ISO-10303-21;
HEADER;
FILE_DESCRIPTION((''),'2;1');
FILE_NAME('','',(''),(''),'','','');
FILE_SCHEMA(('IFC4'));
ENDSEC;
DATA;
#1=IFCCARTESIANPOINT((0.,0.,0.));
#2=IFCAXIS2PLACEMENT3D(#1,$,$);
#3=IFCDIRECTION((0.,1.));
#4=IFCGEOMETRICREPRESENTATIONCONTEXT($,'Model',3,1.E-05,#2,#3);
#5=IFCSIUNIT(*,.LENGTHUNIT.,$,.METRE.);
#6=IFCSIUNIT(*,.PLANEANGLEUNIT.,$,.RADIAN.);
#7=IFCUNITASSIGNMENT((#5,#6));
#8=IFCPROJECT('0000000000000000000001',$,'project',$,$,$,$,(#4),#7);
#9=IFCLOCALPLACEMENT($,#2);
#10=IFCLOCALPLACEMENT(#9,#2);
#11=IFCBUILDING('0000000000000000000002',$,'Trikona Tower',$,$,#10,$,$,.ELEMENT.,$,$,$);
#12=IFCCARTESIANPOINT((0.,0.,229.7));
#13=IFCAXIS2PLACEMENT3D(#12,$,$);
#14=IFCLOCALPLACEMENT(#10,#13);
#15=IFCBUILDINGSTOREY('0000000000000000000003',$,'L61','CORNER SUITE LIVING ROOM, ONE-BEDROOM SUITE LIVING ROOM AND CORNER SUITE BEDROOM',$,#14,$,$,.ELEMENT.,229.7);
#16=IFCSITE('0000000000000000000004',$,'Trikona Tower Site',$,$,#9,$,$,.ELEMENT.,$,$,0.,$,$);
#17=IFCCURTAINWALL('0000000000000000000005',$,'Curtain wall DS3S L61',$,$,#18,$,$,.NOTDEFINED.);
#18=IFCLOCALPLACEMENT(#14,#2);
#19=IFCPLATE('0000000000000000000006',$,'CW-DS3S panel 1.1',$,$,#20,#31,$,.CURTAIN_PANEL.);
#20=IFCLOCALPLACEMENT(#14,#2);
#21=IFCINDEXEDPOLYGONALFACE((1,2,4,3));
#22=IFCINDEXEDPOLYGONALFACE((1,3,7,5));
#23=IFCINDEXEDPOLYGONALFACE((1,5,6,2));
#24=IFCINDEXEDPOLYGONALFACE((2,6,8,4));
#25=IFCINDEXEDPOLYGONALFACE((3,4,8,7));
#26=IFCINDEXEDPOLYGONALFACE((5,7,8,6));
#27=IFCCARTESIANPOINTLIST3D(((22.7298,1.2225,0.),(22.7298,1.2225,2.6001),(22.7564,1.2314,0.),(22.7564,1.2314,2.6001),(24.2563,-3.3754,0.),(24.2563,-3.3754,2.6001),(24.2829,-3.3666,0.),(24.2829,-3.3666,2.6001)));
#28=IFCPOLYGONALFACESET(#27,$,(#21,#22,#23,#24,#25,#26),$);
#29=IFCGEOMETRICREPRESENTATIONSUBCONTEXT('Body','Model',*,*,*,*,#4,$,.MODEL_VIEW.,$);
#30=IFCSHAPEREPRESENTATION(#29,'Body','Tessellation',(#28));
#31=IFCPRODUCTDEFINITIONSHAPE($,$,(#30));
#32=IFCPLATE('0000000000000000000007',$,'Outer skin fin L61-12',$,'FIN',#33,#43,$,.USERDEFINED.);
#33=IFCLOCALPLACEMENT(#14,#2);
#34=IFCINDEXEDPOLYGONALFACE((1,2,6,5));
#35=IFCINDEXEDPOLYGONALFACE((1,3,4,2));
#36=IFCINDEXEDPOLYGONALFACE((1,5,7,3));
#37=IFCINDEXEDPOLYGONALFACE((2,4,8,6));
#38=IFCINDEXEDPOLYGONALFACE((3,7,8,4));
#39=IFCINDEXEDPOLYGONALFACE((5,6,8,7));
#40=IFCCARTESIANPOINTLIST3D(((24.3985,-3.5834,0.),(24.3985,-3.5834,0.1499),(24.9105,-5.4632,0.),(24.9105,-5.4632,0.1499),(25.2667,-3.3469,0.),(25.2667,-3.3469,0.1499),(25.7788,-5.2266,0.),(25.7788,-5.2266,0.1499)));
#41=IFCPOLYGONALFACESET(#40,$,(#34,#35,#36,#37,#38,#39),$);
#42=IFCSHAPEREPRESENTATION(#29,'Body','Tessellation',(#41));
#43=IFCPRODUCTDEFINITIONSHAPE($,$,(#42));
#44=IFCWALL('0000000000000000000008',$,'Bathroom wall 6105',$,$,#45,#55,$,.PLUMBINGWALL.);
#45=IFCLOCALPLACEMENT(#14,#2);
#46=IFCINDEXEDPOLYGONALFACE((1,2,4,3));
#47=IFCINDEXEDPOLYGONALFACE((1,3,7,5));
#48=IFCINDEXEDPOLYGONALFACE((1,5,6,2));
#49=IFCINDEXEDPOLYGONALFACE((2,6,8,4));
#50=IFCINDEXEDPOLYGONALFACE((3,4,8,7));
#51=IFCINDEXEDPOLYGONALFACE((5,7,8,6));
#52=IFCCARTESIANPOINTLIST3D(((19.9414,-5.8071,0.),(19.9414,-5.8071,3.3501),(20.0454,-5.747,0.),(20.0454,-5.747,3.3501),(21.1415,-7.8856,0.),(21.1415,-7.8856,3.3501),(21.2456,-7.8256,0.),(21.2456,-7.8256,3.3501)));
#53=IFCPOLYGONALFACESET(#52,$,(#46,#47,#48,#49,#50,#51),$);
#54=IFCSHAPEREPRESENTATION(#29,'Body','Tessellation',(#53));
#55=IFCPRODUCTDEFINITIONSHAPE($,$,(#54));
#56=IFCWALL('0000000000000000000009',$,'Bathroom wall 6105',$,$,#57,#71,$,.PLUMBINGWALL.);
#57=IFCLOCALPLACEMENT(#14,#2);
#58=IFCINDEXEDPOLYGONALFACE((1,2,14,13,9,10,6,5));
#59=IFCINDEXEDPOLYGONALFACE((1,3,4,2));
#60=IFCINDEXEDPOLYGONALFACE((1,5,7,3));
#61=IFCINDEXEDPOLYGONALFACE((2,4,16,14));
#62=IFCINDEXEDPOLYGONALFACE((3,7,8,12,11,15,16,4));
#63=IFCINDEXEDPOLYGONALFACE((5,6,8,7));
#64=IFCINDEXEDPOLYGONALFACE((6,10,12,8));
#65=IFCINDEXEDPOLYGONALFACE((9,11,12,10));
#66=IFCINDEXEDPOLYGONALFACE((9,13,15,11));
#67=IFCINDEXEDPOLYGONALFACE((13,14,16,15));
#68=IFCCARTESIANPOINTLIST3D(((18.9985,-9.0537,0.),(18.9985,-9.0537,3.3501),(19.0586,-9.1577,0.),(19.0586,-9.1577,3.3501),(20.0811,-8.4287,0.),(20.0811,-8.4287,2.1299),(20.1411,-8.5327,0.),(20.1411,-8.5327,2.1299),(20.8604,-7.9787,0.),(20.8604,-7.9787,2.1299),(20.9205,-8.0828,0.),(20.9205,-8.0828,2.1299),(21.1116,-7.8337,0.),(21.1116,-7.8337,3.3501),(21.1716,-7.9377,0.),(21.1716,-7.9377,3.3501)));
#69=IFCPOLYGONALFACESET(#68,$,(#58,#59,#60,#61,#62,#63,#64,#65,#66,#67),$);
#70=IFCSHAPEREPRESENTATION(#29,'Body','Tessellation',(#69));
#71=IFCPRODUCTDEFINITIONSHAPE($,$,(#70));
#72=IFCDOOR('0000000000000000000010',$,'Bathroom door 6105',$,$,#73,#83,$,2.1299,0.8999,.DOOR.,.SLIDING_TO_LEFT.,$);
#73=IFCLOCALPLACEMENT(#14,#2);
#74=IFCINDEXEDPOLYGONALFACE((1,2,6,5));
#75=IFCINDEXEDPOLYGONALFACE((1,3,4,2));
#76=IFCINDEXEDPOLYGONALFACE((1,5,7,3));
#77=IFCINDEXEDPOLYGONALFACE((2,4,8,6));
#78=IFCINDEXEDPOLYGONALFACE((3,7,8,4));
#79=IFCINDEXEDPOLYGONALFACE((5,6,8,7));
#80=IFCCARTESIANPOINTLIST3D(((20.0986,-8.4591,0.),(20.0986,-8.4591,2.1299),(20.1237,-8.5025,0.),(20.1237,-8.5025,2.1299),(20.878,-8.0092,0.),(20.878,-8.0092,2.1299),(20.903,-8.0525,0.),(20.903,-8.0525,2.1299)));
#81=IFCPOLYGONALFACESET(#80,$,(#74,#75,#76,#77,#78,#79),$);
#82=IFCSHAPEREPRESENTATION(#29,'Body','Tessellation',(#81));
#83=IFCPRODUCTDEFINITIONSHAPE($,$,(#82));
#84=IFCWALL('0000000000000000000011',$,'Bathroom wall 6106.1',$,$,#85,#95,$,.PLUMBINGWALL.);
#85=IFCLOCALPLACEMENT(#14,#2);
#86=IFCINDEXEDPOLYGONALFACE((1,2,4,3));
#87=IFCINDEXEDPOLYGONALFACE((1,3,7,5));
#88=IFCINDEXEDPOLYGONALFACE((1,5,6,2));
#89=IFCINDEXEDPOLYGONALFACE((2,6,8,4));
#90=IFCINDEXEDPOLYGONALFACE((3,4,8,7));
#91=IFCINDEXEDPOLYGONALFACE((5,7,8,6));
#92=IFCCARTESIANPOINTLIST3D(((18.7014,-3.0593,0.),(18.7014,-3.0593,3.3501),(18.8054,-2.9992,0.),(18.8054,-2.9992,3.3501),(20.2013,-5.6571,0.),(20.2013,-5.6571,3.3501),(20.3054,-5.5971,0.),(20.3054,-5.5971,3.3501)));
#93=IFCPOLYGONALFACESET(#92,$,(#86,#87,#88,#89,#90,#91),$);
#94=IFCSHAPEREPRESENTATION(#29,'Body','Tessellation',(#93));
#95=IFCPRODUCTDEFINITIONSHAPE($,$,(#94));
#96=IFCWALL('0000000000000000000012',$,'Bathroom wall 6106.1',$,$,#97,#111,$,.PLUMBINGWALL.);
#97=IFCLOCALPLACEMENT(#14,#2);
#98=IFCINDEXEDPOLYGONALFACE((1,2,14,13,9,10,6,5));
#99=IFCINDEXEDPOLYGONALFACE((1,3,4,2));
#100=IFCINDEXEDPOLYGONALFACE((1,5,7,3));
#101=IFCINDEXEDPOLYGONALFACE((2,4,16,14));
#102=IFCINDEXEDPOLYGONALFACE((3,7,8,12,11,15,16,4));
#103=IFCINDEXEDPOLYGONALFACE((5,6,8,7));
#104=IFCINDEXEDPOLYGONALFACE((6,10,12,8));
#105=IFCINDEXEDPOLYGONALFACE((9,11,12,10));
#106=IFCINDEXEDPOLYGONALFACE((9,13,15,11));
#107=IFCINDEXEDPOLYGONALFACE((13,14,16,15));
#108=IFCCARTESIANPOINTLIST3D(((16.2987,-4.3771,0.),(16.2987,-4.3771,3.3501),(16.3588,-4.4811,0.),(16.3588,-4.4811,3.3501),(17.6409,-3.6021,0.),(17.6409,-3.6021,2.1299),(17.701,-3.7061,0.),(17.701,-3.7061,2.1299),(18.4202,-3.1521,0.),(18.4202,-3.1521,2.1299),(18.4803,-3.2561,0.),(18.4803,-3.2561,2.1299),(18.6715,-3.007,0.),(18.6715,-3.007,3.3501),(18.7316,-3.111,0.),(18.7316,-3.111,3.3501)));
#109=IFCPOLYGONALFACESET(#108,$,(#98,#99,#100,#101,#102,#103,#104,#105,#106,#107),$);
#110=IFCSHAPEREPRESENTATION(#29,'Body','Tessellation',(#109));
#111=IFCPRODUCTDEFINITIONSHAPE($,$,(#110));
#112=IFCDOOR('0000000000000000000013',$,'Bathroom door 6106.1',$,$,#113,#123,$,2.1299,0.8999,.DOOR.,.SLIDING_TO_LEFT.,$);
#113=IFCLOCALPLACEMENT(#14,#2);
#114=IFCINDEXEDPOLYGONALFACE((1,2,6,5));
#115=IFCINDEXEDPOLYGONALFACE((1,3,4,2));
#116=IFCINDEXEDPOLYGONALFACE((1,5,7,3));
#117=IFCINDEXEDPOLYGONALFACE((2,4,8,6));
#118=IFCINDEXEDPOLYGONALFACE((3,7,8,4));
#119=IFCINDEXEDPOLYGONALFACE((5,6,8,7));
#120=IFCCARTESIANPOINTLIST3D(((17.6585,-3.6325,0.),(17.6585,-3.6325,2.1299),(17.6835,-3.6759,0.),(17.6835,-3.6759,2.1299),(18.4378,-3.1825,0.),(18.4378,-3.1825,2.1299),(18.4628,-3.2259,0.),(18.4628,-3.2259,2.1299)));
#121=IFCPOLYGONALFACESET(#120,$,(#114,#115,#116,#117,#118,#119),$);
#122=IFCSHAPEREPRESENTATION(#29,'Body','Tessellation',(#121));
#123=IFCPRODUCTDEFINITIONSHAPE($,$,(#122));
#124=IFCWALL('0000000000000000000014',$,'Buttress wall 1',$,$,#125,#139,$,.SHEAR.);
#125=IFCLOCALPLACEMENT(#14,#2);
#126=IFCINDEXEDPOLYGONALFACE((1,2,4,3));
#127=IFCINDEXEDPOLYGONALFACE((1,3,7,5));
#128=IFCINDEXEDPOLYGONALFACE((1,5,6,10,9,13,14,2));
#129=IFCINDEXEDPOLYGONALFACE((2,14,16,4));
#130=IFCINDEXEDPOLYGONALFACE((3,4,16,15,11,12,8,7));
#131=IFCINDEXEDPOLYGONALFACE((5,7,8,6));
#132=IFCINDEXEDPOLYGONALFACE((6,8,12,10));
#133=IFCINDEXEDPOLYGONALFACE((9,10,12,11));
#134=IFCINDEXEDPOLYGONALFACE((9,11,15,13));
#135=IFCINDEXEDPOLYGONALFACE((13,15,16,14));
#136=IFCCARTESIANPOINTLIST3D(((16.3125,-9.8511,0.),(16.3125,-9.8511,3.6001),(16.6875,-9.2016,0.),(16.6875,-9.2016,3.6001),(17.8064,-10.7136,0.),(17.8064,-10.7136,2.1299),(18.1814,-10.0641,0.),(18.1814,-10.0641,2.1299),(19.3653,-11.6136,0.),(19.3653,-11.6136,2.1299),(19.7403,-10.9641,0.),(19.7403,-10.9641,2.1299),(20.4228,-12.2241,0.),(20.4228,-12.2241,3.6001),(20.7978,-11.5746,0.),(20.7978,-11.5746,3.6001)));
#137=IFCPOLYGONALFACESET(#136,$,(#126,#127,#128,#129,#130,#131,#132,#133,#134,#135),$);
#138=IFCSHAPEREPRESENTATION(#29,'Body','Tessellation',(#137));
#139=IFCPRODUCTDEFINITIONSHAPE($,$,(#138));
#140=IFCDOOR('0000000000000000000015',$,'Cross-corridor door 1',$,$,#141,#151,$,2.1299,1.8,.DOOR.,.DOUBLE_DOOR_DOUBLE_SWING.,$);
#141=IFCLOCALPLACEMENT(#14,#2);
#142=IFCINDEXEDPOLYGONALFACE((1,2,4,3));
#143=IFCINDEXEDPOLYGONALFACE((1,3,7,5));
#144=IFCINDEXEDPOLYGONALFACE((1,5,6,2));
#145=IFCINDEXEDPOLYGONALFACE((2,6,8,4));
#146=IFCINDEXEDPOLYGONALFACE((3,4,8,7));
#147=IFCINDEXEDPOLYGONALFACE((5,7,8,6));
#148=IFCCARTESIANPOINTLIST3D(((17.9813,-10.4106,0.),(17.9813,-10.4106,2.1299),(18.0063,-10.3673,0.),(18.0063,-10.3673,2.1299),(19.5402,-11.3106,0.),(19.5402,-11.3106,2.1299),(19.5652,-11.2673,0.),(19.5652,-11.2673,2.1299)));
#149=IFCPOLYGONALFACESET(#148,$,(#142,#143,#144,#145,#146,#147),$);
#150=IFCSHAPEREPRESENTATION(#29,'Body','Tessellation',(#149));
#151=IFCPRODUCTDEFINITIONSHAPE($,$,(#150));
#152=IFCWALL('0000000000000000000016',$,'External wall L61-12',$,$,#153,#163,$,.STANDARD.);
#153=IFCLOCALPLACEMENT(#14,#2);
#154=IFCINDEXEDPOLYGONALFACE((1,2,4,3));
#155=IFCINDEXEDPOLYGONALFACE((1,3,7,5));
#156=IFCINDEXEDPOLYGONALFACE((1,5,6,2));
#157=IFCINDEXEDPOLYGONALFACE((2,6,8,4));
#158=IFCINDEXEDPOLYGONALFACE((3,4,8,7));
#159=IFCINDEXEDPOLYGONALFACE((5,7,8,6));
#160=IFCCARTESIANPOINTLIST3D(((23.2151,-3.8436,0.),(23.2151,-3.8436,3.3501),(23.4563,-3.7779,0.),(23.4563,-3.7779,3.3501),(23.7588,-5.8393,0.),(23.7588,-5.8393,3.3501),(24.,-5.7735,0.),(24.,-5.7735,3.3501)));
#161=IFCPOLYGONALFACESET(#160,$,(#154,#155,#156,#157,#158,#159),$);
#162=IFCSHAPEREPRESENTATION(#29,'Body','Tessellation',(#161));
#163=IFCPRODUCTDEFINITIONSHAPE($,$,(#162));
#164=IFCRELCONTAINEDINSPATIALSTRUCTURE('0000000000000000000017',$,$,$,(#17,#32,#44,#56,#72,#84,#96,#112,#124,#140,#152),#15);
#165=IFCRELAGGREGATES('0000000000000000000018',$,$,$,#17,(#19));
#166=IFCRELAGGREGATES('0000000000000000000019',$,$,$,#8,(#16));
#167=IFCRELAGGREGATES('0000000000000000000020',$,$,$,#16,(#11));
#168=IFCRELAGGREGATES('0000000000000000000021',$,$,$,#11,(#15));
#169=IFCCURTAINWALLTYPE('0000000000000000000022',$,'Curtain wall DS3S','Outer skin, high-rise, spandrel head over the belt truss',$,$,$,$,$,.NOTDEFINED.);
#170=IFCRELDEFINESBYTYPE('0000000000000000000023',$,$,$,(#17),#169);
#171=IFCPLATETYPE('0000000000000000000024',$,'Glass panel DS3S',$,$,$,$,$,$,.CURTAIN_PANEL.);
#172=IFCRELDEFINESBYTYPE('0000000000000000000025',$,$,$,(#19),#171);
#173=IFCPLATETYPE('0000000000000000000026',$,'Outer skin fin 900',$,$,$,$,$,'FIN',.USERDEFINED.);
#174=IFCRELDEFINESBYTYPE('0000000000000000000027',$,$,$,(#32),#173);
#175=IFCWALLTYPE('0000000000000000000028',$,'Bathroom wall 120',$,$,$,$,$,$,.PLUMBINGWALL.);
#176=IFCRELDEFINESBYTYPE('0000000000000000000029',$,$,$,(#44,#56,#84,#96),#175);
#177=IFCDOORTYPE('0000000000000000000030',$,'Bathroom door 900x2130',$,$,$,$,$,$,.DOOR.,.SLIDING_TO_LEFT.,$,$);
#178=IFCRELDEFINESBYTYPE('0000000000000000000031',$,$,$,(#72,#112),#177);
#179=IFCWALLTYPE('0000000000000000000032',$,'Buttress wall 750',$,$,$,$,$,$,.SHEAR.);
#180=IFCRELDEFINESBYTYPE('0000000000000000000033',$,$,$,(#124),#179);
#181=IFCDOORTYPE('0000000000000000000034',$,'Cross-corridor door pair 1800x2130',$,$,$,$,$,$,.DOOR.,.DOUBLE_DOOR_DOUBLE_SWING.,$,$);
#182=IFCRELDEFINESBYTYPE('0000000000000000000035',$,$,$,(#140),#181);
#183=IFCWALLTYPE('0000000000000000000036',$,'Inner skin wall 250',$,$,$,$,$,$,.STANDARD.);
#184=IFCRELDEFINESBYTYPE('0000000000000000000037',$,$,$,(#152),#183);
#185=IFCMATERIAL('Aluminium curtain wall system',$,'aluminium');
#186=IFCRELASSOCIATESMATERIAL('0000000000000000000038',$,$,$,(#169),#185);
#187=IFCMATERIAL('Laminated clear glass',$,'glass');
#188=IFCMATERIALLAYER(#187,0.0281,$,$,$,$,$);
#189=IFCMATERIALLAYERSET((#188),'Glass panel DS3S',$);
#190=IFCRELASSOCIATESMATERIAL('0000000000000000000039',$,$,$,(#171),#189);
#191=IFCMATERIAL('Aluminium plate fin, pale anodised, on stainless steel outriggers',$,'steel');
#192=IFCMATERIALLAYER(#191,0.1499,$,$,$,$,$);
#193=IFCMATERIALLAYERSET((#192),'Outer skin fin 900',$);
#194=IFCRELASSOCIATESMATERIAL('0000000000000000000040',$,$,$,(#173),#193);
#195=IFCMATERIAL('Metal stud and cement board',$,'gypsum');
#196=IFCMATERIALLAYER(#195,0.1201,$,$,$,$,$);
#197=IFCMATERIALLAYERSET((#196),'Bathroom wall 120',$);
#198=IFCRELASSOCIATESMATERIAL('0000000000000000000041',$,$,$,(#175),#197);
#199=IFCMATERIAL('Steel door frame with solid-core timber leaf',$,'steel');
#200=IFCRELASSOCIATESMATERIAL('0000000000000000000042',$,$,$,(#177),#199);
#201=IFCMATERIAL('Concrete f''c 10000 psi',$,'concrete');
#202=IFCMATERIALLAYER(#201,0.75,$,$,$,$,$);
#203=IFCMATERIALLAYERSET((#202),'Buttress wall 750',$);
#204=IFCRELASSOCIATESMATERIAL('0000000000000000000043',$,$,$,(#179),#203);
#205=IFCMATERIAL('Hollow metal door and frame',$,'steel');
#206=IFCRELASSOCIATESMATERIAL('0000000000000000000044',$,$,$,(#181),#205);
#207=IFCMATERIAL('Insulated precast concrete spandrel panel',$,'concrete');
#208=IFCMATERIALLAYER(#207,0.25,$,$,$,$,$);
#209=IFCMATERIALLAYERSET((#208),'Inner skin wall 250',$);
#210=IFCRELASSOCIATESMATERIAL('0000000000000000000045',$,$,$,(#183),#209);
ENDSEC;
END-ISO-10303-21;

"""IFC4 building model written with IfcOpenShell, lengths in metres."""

from ifc_helpers import new_model, si_unit, direction, frame, frame_2d, origin, origin_2d, place, context, subcontext, project, spatial, rectangle, extrude, material, layer, layer_set, type_object, element, fill, aggregate, save


model = new_model("IFC4")

# Units and contexts
model_context = context("Model", 3, precision=1e-05, world=origin(), true_north=direction((0.0, 1.0)))
body_context = subcontext(model_context, "Body", "Model", "MODEL_VIEW")
ifc_project = project(units=[si_unit("LENGTHUNIT", "METRE"), si_unit("PLANEANGLEUNIT", "RADIAN")], contexts=[model_context])

# Site, building, storey
site_placement = place(None, origin())
site = spatial("IfcSite", under=ifc_project, at=site_placement, Name="Trikona Tower Site", CompositionType="ELEMENT", RefElevation=0.0)
building_placement = place(site_placement, origin())
building = spatial("IfcBuilding", under=site, at=building_placement, Name="Trikona Tower", CompositionType="ELEMENT")
storey_placement = place(building_placement, frame((0.0, 0.0, 229.7)))
storey = spatial("IfcBuildingStorey", under=building, at=storey_placement, Name="L61", Description="CORNER SUITE LIVING ROOM, ONE-BEDROOM SUITE LIVING ROOM AND CORNER SUITE BEDROOM", CompositionType="ELEMENT", Elevation=229.7)

# Shared definitions
ifc_material_1 = material(Name="Aluminium curtain wall system", Category="aluminium")
curtain_wall_type = type_object("IfcCurtainWallType", Name="Curtain wall DS3S", Description="Outer skin, high-rise, spandrel head over the belt truss", PredefinedType="NOTDEFINED", material=ifc_material_1)

# Curtain wall
curtain_wall_1_placement = place(storey_placement, origin())
curtain_wall_1 = element("IfcCurtainWall", 1, at=curtain_wall_1_placement, inside=storey, type_object=curtain_wall_type, Name="Curtain wall DS3S L61", PredefinedType="NOTDEFINED")

# Plates
ifc_material_2 = material(Name="Laminated clear glass", Category="glass")
ifc_layer_1 = layer(ifc_material_2, 0.0281)
ifc_layer_set_1 = layer_set([ifc_layer_1], Name="Glass panel DS3S")
plate_type_1 = type_object("IfcPlateType", Name="Glass panel DS3S", PredefinedType="CURTAIN_PANEL", material=ifc_layer_set_1)
plate_1_placement = place(storey_placement, frame((23.5063, -1.072, 0.0), z_axis=(0.0, 0.0, 1.0), x_axis=(-0.315078, 0.949066, 0.0)))
plate_1 = element("IfcPlate", 2, at=plate_1_placement, type_object=plate_type_1, Name="CW-DS3S panel 1.1", PredefinedType="CURTAIN_PANEL", context=body_context, shape_type="SweptSolid", body=[
    extrude(rectangle(XDim=4.8447, YDim=0.0281, at=origin_2d()), origin(), (0.0, 0.0, 1.0), 2.6001),
])
aggregate(curtain_wall_1, [plate_1])
ifc_material_3 = material(Name="Aluminium plate fin, pale anodised, on stainless steel outriggers", Category="steel")
ifc_layer_2 = layer(ifc_material_3, 0.1499)
ifc_layer_set_2 = layer_set([ifc_layer_2], Name="Outer skin fin 900")
plate_type_2 = type_object("IfcPlateType", Name="Outer skin fin 900", ElementType="FIN", PredefinedType="USERDEFINED", material=ifc_layer_set_2)
plate_2_placement = place(storey_placement, frame((25.0886, -4.405, 0.0), z_axis=(0.0, 0.0, 1.0), x_axis=(-0.262822, 0.964844, 0.0)))
element("IfcPlate", 3, at=plate_2_placement, inside=storey, type_object=plate_type_2, Name="Outer skin fin L61-12", ObjectType="FIN", PredefinedType="USERDEFINED", context=body_context, shape_type="SweptSolid", body=[
    extrude(rectangle(XDim=1.9482, YDim=0.8999, at=origin_2d()), origin(), (0.0, 0.0, 1.0), 0.1499),
])

# Wall
ifc_material_4 = material(Name="Metal stud and cement board", Category="gypsum")
ifc_layer_3 = layer(ifc_material_4, 0.1201)
ifc_layer_set_3 = layer_set([ifc_layer_3], Name="Bathroom wall 120")
wall_type_1 = type_object("IfcWallType", Name="Bathroom wall 120", PredefinedType="PLUMBINGWALL", material=ifc_layer_set_3)
wall_1_placement = place(storey_placement, frame((21.1936, -7.8557, 0.0), z_axis=(0.0, 0.0, 1.0), x_axis=(-0.500034, 0.866006, 0.0)))
element("IfcWall", 4, at=wall_1_placement, inside=storey, type_object=wall_type_1, Name="Bathroom wall 6105", PredefinedType="PLUMBINGWALL", context=body_context, shape_type="SweptSolid", body=[
    extrude(rectangle(XDim=2.4001, YDim=0.1201, at=frame_2d((1.2002, 0.0))), origin(), (0.0, 0.0, 1.0), 3.3501),
])

# Wall, opening, door
wall_2_placement = place(storey_placement, frame((19.0286, -9.1057, 0.0), z_axis=(0.0, 0.0, 1.0), x_axis=(0.866024, 0.500003, 0.0)))
wall_2 = element("IfcWall", 5, at=wall_2_placement, inside=storey, type_object=wall_type_1, Name="Bathroom wall 6105", PredefinedType="PLUMBINGWALL", context=body_context, shape_type="SweptSolid", body=[
    extrude(rectangle(XDim=2.4399, YDim=0.1201, at=frame_2d((1.22, 0.0))), origin(), (0.0, 0.0, 1.0), 3.3501),
])
opening_1_placement = place(wall_2_placement, frame((1.25, 0.0, 0.0)))
opening_1 = element("IfcOpeningElement", 6, at=opening_1_placement, cuts=wall_2, PredefinedType="OPENING", context=body_context, shape_type="SweptSolid", body=[
    extrude(rectangle(XDim=0.8999, YDim=2.1299, at=frame_2d((0.45, 1.0649))), frame((0.0, 0.0701, 0.0), z_axis=(0.0, -1.0, 0.0), x_axis=(1.0, 0.0, 0.0)), (0.0, 0.0, 1.0), 0.1401),
])
ifc_material_5 = material(Name="Steel door frame with solid-core timber leaf", Category="steel")
door_type_1 = type_object("IfcDoorType", Name="Bathroom door 900x2130", OperationType="SLIDING_TO_LEFT", PredefinedType="DOOR", material=ifc_material_5)
door_1_placement = place(opening_1_placement, origin())
door_1 = element("IfcDoor", 7, at=door_1_placement, inside=storey, type_object=door_type_1, Name="Bathroom door 6105", OperationType="SLIDING_TO_LEFT", OverallHeight=2.1299, OverallWidth=0.8999, PredefinedType="DOOR", context=body_context, shape_type="SweptSolid", body=[
    extrude(rectangle(XDim=0.8999, YDim=2.1299, at=frame_2d((0.45, 1.0649))), frame((0.0, 0.0249, 0.0), z_axis=(0.0, -1.0, 0.0), x_axis=(1.0, 0.0, 0.0)), (0.0, 0.0, 1.0), 0.05),
])
fill(opening_1, door_1)

# Wall
wall_3_placement = place(storey_placement, frame((20.2534, -5.6272, 0.0), z_axis=(0.0, 0.0, 1.0), x_axis=(-0.500025, 0.866011, 0.0)))
element("IfcWall", 8, at=wall_3_placement, inside=storey, type_object=wall_type_1, Name="Bathroom wall 6106.1", PredefinedType="PLUMBINGWALL", context=body_context, shape_type="SweptSolid", body=[
    extrude(rectangle(XDim=2.9998, YDim=0.1201, at=frame_2d((1.5, 0.0))), origin(), (0.0, 0.0, 1.0), 3.3501),
])

# Walls, openings, doors
wall_4_placement = place(storey_placement, frame((16.3286, -4.4292, 0.0), z_axis=(0.0, 0.0, 1.0), x_axis=(0.865997, 0.500049, 0.0)))
wall_4 = element("IfcWall", 9, at=wall_4_placement, inside=storey, type_object=wall_type_1, Name="Bathroom wall 6106.1", PredefinedType="PLUMBINGWALL", context=body_context, shape_type="SweptSolid", body=[
    extrude(rectangle(XDim=2.74, YDim=0.1201, at=frame_2d((1.3701, 0.0))), origin(), (0.0, 0.0, 1.0), 3.3501),
])
opening_2_placement = place(wall_4_placement, frame((1.55, 0.0, 0.0)))
opening_2 = element("IfcOpeningElement", 10, at=opening_2_placement, cuts=wall_4, PredefinedType="OPENING", context=body_context, shape_type="SweptSolid", body=[
    extrude(rectangle(XDim=0.8999, YDim=2.1299, at=frame_2d((0.45, 1.0649))), frame((0.0, 0.0701, 0.0), z_axis=(0.0, -1.0, 0.0), x_axis=(1.0, 0.0, 0.0)), (0.0, 0.0, 1.0), 0.1401),
])
door_2_placement = place(opening_2_placement, origin())
door_2 = element("IfcDoor", 11, at=door_2_placement, inside=storey, type_object=door_type_1, Name="Bathroom door 6106.1", OperationType="SLIDING_TO_LEFT", OverallHeight=2.1299, OverallWidth=0.8999, PredefinedType="DOOR", context=body_context, shape_type="SweptSolid", body=[
    extrude(rectangle(XDim=0.8999, YDim=2.1299, at=frame_2d((0.45, 1.0649))), frame((0.0, 0.0249, 0.0), z_axis=(0.0, -1.0, 0.0), x_axis=(1.0, 0.0, 0.0)), (0.0, 0.0, 1.0), 0.05),
])
fill(opening_2, door_2)
ifc_material_6 = material(Name="Concrete f'c 10000 psi", Category="concrete")
ifc_layer_4 = layer(ifc_material_6, 0.75)
ifc_layer_set_4 = layer_set([ifc_layer_4], Name="Buttress wall 750")
wall_type_2 = type_object("IfcWallType", Name="Buttress wall 750", PredefinedType="SHEAR", material=ifc_layer_set_4)
wall_5_placement = place(storey_placement, frame((16.5, -9.5264, 0.0), z_axis=(0.0, 0.0, 1.0), x_axis=(0.866031, -0.49999, 0.0)))
wall_5 = element("IfcWall", 12, at=wall_5_placement, inside=storey, type_object=wall_type_2, Name="Buttress wall 1", PredefinedType="SHEAR", context=body_context, shape_type="SweptSolid", body=[
    extrude(rectangle(XDim=4.7461, YDim=0.75, at=frame_2d((2.373, 0.0))), origin(), (0.0, 0.0, 1.0), 3.6001),
])
opening_3_placement = place(wall_5_placement, frame((1.7251, 0.0, 0.0)))
opening_3 = element("IfcOpeningElement", 13, at=opening_3_placement, cuts=wall_5, PredefinedType="OPENING", context=body_context, shape_type="SweptSolid", body=[
    extrude(rectangle(XDim=1.8, YDim=2.1299, at=frame_2d((0.8999, 1.0649))), frame((0.0, 0.385, 0.0), z_axis=(0.0, -1.0, 0.0), x_axis=(1.0, 0.0, 0.0)), (0.0, 0.0, 1.0), 0.77),
])
ifc_material_7 = material(Name="Hollow metal door and frame", Category="steel")
door_type_2 = type_object("IfcDoorType", Name="Cross-corridor door pair 1800x2130", OperationType="DOUBLE_DOOR_DOUBLE_SWING", PredefinedType="DOOR", material=ifc_material_7)
door_3_placement = place(opening_3_placement, origin())
door_3 = element("IfcDoor", 14, at=door_3_placement, inside=storey, type_object=door_type_2, Name="Cross-corridor door 1", OperationType="DOUBLE_DOOR_DOUBLE_SWING", OverallHeight=2.1299, OverallWidth=1.8, PredefinedType="DOOR", context=body_context, shape_type="SweptSolid", body=[
    extrude(rectangle(XDim=1.8, YDim=2.1299, at=frame_2d((0.8999, 1.0649))), frame((0.0, 0.0249, 0.0), z_axis=(0.0, -1.0, 0.0), x_axis=(1.0, 0.0, 0.0)), (0.0, 0.0, 1.0), 0.05),
])
fill(opening_3, door_3)

# Wall
ifc_material_8 = material(Name="Insulated precast concrete spandrel panel", Category="concrete")
ifc_layer_5 = layer(ifc_material_8, 0.25)
ifc_layer_set_5 = layer_set([ifc_layer_5], Name="Inner skin wall 250")
wall_type_3 = type_object("IfcWallType", Name="Inner skin wall 250", PredefinedType="STANDARD", material=ifc_layer_set_5)
wall_6_placement = place(storey_placement, frame((23.8794, -5.8064, 0.0), z_axis=(0.0, 0.0, 1.0), x_axis=(-0.262868, 0.964832, 0.0)))
element("IfcWall", 15, at=wall_6_placement, inside=storey, type_object=wall_type_3, Name="External wall L61-12", PredefinedType="STANDARD", context=body_context, shape_type="SweptSolid", body=[
    extrude(rectangle(XDim=2.0684, YDim=0.25, at=frame_2d((1.0342, 0.0))), origin(), (0.0, 0.0, 1.0), 3.3501),
])

save(model, "model.ifc")
